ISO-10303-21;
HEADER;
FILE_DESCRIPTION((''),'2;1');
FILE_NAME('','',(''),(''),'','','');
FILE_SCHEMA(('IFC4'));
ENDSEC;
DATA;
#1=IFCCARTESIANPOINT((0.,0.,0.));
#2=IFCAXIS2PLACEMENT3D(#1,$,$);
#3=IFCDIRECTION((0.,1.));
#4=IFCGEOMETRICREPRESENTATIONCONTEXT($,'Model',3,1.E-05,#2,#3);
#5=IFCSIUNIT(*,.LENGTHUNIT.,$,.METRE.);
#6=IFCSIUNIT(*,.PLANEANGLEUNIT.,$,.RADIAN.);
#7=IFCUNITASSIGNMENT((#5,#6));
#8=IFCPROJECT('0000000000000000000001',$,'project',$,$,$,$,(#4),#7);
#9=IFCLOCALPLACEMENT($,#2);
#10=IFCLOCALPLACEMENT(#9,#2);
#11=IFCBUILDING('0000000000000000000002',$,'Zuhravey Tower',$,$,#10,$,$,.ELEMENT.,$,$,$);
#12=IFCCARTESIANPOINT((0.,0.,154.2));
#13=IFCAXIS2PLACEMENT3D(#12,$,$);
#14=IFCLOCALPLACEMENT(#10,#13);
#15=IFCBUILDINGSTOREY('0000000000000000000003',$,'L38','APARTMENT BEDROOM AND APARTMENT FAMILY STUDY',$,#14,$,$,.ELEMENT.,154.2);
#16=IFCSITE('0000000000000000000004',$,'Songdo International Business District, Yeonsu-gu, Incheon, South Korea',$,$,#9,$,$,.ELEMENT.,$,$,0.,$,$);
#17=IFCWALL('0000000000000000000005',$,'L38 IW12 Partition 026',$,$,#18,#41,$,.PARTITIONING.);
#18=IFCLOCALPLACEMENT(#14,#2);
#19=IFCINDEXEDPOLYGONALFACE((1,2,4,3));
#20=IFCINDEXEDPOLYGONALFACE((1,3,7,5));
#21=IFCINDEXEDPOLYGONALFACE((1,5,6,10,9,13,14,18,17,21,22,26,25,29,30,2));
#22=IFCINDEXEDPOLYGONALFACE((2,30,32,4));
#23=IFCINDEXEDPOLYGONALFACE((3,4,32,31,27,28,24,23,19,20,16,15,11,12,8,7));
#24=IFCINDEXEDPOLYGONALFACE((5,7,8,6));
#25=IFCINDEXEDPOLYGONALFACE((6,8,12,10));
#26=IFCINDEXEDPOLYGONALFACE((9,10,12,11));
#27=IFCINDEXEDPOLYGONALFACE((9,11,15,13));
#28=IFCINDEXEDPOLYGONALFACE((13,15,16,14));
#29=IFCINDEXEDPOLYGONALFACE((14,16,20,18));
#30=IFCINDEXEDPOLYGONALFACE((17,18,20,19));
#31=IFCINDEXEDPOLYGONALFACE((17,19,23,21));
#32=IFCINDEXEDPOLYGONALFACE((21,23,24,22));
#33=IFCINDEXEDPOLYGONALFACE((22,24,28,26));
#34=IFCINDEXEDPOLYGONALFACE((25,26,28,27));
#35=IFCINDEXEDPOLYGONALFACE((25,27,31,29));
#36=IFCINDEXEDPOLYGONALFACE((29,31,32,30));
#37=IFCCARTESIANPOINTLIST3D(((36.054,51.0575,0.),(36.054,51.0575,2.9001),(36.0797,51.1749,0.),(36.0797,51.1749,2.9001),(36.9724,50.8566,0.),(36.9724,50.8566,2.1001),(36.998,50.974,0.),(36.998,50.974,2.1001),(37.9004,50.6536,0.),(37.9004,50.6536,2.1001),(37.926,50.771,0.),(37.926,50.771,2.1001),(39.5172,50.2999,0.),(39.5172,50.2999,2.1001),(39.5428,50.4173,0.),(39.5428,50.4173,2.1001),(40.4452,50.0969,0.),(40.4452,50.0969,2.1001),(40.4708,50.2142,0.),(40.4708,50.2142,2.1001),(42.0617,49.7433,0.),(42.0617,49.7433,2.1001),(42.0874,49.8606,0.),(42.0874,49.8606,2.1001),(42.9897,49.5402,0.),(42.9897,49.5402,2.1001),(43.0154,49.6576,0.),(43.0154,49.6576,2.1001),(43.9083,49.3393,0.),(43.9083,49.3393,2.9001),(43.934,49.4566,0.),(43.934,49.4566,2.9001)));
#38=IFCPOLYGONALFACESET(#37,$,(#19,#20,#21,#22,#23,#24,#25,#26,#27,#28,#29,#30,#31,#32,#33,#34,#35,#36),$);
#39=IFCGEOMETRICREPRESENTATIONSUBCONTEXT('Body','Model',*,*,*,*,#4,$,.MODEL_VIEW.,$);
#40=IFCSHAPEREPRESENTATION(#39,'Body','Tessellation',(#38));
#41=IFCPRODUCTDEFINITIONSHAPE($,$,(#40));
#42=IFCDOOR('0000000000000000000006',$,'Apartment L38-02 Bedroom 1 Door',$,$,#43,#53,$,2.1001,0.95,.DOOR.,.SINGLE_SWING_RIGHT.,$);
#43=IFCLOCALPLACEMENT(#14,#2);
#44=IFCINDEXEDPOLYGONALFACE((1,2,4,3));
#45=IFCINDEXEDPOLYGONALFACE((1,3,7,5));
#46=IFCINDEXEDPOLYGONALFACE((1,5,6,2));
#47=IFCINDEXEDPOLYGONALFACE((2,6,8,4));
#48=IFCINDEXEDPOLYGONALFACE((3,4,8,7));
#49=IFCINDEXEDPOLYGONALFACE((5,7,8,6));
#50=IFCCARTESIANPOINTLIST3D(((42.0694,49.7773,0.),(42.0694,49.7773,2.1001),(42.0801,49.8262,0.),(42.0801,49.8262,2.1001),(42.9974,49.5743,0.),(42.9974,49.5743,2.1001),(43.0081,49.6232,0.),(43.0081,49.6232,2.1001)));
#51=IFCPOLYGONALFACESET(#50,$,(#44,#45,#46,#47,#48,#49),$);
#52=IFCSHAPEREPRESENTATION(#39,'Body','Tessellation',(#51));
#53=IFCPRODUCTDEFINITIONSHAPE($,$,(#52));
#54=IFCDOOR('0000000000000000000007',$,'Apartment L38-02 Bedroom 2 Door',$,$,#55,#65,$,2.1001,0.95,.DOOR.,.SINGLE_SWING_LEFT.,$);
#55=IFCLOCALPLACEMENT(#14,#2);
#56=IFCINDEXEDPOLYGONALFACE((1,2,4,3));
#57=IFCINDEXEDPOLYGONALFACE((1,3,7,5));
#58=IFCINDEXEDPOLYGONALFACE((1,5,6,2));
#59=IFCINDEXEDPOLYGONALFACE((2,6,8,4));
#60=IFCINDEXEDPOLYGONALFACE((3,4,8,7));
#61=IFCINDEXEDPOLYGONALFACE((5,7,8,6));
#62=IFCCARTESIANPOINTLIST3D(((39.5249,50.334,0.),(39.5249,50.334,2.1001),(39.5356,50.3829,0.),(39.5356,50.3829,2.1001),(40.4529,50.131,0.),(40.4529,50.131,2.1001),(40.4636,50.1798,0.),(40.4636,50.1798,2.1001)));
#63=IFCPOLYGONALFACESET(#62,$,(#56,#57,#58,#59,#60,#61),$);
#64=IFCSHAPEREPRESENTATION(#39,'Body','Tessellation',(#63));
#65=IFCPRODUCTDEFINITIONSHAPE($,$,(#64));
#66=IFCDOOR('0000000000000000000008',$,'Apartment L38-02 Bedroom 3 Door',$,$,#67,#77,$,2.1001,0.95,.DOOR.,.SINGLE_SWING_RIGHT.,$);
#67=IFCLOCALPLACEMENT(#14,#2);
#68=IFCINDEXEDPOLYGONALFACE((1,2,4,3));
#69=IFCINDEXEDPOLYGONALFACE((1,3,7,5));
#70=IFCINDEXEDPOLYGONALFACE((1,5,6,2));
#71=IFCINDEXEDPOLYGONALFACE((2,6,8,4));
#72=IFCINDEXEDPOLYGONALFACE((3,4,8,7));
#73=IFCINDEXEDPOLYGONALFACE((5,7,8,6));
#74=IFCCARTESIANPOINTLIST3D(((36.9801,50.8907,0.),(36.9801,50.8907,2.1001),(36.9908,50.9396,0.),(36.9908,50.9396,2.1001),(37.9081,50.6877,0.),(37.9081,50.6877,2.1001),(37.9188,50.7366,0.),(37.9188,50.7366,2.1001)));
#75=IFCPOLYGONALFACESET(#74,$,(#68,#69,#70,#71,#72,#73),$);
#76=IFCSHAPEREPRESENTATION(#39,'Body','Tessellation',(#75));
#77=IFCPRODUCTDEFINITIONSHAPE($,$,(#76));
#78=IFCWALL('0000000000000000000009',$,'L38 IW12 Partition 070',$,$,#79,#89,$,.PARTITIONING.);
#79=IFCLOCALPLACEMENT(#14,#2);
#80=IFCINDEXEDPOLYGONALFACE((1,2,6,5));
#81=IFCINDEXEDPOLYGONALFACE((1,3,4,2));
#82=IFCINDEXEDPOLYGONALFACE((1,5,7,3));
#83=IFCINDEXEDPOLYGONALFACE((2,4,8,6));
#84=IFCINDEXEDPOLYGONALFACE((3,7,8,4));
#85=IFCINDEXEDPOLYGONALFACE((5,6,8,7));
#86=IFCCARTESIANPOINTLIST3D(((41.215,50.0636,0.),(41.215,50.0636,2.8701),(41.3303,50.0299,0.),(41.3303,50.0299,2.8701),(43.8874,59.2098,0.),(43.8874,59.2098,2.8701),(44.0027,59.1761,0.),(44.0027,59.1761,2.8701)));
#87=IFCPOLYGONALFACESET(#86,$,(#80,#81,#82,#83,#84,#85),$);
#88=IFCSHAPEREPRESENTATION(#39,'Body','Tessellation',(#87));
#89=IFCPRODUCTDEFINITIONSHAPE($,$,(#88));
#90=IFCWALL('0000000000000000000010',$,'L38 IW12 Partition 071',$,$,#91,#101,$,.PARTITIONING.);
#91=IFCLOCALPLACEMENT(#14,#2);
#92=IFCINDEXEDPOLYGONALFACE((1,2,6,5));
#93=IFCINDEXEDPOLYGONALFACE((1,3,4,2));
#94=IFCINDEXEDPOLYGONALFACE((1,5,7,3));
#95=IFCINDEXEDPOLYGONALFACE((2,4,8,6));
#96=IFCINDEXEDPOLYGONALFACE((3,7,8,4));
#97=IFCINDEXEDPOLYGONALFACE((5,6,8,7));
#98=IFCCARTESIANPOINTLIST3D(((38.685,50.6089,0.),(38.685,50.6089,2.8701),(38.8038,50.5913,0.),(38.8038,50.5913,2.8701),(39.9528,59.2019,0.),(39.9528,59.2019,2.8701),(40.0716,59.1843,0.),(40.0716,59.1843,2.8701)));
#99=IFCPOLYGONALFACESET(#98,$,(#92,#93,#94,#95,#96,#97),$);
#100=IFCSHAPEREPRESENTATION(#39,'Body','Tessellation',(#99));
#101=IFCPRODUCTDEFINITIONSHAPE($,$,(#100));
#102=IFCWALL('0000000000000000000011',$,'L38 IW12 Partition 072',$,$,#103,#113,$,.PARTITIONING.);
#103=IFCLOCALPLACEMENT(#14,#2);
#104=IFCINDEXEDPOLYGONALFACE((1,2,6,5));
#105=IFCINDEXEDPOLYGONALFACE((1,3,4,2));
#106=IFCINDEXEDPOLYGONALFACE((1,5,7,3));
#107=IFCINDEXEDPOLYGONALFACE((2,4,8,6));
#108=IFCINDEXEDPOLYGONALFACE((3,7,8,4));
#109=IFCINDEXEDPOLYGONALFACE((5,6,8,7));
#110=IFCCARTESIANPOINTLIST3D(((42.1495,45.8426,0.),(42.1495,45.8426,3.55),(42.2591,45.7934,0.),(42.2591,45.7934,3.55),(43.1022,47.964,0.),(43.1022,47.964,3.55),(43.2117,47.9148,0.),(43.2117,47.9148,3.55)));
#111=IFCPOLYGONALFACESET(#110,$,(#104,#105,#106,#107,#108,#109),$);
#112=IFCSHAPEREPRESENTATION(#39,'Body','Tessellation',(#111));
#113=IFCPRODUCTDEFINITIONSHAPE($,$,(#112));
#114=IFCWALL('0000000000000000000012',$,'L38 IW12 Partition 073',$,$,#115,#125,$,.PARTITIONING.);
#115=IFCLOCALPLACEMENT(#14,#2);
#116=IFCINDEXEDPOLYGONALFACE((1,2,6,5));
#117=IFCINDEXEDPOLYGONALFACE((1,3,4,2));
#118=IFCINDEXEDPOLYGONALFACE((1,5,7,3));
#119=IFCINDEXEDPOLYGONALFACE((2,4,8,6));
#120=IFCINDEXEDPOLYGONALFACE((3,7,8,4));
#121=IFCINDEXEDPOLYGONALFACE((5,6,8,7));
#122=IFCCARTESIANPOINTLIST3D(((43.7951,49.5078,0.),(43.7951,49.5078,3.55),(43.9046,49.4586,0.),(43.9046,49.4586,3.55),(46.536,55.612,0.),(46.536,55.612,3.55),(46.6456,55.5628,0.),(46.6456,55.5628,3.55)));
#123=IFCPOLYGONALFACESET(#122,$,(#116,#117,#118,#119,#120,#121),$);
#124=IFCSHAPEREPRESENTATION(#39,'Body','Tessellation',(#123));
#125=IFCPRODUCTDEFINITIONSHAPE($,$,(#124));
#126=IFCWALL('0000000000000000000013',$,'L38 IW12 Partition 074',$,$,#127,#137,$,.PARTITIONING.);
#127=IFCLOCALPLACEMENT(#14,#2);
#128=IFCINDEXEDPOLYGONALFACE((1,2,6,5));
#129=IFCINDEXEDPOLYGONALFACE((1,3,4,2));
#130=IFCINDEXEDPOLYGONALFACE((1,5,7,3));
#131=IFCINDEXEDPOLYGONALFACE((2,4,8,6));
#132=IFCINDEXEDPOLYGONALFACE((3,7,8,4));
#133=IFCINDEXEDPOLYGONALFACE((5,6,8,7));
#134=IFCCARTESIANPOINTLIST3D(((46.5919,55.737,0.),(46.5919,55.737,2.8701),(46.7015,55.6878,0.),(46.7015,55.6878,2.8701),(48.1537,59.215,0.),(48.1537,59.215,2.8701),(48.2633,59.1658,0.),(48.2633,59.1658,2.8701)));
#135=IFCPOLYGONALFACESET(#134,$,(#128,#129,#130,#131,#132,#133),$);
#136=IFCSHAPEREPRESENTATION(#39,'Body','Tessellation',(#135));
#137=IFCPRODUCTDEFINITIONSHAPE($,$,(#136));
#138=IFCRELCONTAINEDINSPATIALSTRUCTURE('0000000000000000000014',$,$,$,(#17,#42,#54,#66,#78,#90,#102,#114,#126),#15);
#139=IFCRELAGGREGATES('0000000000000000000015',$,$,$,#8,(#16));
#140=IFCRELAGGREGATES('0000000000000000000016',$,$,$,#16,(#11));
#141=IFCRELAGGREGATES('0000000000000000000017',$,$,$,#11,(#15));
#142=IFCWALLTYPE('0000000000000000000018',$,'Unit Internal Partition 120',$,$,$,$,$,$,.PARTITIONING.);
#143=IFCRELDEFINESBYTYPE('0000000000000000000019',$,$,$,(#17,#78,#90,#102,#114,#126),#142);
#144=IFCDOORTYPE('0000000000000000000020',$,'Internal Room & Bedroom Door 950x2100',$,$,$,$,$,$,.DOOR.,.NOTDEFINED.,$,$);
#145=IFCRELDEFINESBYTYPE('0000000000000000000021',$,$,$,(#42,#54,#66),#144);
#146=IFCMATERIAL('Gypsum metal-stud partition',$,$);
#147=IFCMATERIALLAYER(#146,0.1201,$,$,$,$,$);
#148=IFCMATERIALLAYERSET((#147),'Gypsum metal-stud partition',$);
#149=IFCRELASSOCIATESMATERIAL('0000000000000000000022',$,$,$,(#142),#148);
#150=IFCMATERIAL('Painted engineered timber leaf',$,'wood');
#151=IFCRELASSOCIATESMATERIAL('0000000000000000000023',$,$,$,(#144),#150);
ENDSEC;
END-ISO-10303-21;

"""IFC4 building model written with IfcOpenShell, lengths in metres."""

from ifc_helpers import new_model, si_unit, direction, frame, frame_2d, origin, place, context, subcontext, project, spatial, rectangle, extrude, material, layer, layer_set, type_object, element, fill, save


model = new_model("IFC4")

# Units and contexts
model_context = context("Model", 3, precision=1e-05, world=origin(), true_north=direction((0.0, 1.0)))
body_context = subcontext(model_context, "Body", "Model", "MODEL_VIEW")
ifc_project = project(units=[si_unit("LENGTHUNIT", "METRE"), si_unit("PLANEANGLEUNIT", "RADIAN")], contexts=[model_context])

# Site, building, storey
site_placement = place(None, origin())
site = spatial("IfcSite", under=ifc_project, at=site_placement, Name="Songdo International Business District, Yeonsu-gu, Incheon, South Korea", CompositionType="ELEMENT", RefElevation=0.0)
building_placement = place(site_placement, origin())
building = spatial("IfcBuilding", under=site, at=building_placement, Name="Zuhravey Tower", CompositionType="ELEMENT")
storey_placement = place(building_placement, frame((0.0, 0.0, 154.2)))
storey = spatial("IfcBuildingStorey", under=building, at=storey_placement, Name="L38", Description="APARTMENT BEDROOM AND APARTMENT FAMILY STUDY", CompositionType="ELEMENT", Elevation=154.2)

# Wall, openings, doors
ifc_material_1 = material(Name="Gypsum metal-stud partition")
ifc_layer_1 = layer(ifc_material_1, 0.1201)
ifc_layer_set_1 = layer_set([ifc_layer_1], Name="Gypsum metal-stud partition")
wall_type_1 = type_object("IfcWallType", Name="Unit Internal Partition 120", PredefinedType="PARTITIONING", material=ifc_layer_set_1)
ifc_material_2 = material(Name="Painted engineered timber leaf", Category="wood")
door_type_1 = type_object("IfcDoorType", Name="Internal Room & Bedroom Door 950x2100", OperationType="NOTDEFINED", PredefinedType="DOOR", material=ifc_material_2)
wall_1_placement = place(storey_placement, frame((43.9211, 49.3979, 0.0), z_axis=(0.0, 0.0, 1.0), x_axis=(-0.976896, 0.213714, 0.0)))
wall_1 = element("IfcWall", 1, at=wall_1_placement, inside=storey, type_object=wall_type_1, Name="L38 IW12 Partition 026", PredefinedType="PARTITIONING", context=body_context, shape_type="SweptSolid", body=[
    extrude(rectangle(XDim=8.04, YDim=0.1201, at=frame_2d((4.02, 0.0))), origin(), (0.0, 0.0, 1.0), 2.9001),
])
opening_1_placement = place(wall_1_placement, frame((0.9402, 0.0, 0.0)))
opening_1 = element("IfcOpeningElement", 2, at=opening_1_placement, cuts=wall_1, PredefinedType="OPENING", context=body_context, shape_type="SweptSolid", body=[
    extrude(rectangle(XDim=0.95, YDim=2.1001, at=frame_2d((0.4751, 1.05))), frame((0.0, 0.072, 0.0), z_axis=(0.0, -1.0, 0.0), x_axis=(1.0, 0.0, 0.0)), (0.0, 0.0, 1.0), 0.144),
])
opening_2_placement = place(wall_1_placement, frame((3.5449, 0.0, 0.0)))
opening_2 = element("IfcOpeningElement", 3, at=opening_2_placement, cuts=wall_1, PredefinedType="OPENING", context=body_context, shape_type="SweptSolid", body=[
    extrude(rectangle(XDim=0.95, YDim=2.1001, at=frame_2d((0.4751, 1.05))), frame((0.0, 0.072, 0.0), z_axis=(0.0, -1.0, 0.0), x_axis=(1.0, 0.0, 0.0)), (0.0, 0.0, 1.0), 0.144),
])
opening_3_placement = place(wall_1_placement, frame((6.1499, 0.0, 0.0)))
opening_3 = element("IfcOpeningElement", 4, at=opening_3_placement, cuts=wall_1, PredefinedType="OPENING", context=body_context, shape_type="SweptSolid", body=[
    extrude(rectangle(XDim=0.95, YDim=2.1001, at=frame_2d((0.4751, 1.05))), frame((0.0, 0.072, 0.0), z_axis=(0.0, -1.0, 0.0), x_axis=(1.0, 0.0, 0.0)), (0.0, 0.0, 1.0), 0.144),
])
door_1_placement = place(opening_1_placement, frame((0.95, 0.0, 0.0), z_axis=(0.0, 0.0, 1.0), x_axis=(-1.0, 0.0, 0.0)))
door_1 = element("IfcDoor", 5, at=door_1_placement, inside=storey, type_object=door_type_1, Name="Apartment L38-02 Bedroom 1 Door", OperationType="SINGLE_SWING_RIGHT", OverallHeight=2.1001, OverallWidth=0.95, PredefinedType="DOOR", context=body_context, shape_type="SweptSolid", body=[
    extrude(rectangle(XDim=0.95, YDim=2.1001, at=frame_2d((0.4751, 1.05))), frame((0.0, 0.0249, 0.0), z_axis=(0.0, -1.0, 0.0), x_axis=(1.0, 0.0, 0.0)), (0.0, 0.0, 1.0), 0.05),
])
fill(opening_1, door_1)
door_2_placement = place(opening_2_placement, frame((0.95, 0.0, 0.0), z_axis=(0.0, 0.0, 1.0), x_axis=(-1.0, 0.0, 0.0)))
door_2 = element("IfcDoor", 6, at=door_2_placement, inside=storey, type_object=door_type_1, Name="Apartment L38-02 Bedroom 2 Door", OperationType="SINGLE_SWING_LEFT", OverallHeight=2.1001, OverallWidth=0.95, PredefinedType="DOOR", context=body_context, shape_type="SweptSolid", body=[
    extrude(rectangle(XDim=0.95, YDim=2.1001, at=frame_2d((0.4751, 1.05))), frame((0.0, 0.0249, 0.0), z_axis=(0.0, -1.0, 0.0), x_axis=(1.0, 0.0, 0.0)), (0.0, 0.0, 1.0), 0.05),
])
fill(opening_2, door_2)
door_3_placement = place(opening_3_placement, frame((0.95, 0.0, 0.0), z_axis=(0.0, 0.0, 1.0), x_axis=(-1.0, 0.0, 0.0)))
door_3 = element("IfcDoor", 7, at=door_3_placement, inside=storey, type_object=door_type_1, Name="Apartment L38-02 Bedroom 3 Door", OperationType="SINGLE_SWING_RIGHT", OverallHeight=2.1001, OverallWidth=0.95, PredefinedType="DOOR", context=body_context, shape_type="SweptSolid", body=[
    extrude(rectangle(XDim=0.95, YDim=2.1001, at=frame_2d((0.4751, 1.05))), frame((0.0, 0.0249, 0.0), z_axis=(0.0, -1.0, 0.0), x_axis=(1.0, 0.0, 0.0)), (0.0, 0.0, 1.0), 0.05),
])
fill(opening_3, door_3)

# Walls
wall_2_placement = place(storey_placement, frame((41.2727, 50.0469, 0.0), z_axis=(0.0, 0.0, 1.0), x_axis=(0.280456, 0.959867, 0.0)))
element("IfcWall", 8, at=wall_2_placement, inside=storey, type_object=wall_type_1, Name="L38 IW12 Partition 070", PredefinedType="PARTITIONING", context=body_context, shape_type="SweptSolid", body=[
    extrude(rectangle(XDim=9.5286, YDim=0.1201, at=frame_2d((4.7642, 0.0))), origin(), (0.0, 0.0, 1.0), 2.8701),
])
wall_3_placement = place(storey_placement, frame((38.7444, 50.6001, 0.0), z_axis=(0.0, 0.0, 1.0), x_axis=(0.145961, 0.98929, 0.0)))
element("IfcWall", 9, at=wall_3_placement, inside=storey, type_object=wall_type_1, Name="L38 IW12 Partition 071", PredefinedType="PARTITIONING", context=body_context, shape_type="SweptSolid", body=[
    extrude(rectangle(XDim=8.686, YDim=0.1201, at=frame_2d((4.343, 0.0))), origin(), (0.0, 0.0, 1.0), 2.8701),
])
wall_4_placement = place(storey_placement, frame((42.2043, 45.8181, 0.0), z_axis=(0.0, 0.0, 1.0), x_axis=(0.409662, 0.912238, 0.0)))
element("IfcWall", 10, at=wall_4_placement, inside=storey, type_object=wall_type_1, Name="L38 IW12 Partition 072", PredefinedType="PARTITIONING", context=body_context, shape_type="SweptSolid", body=[
    extrude(rectangle(XDim=2.3254, YDim=0.1201, at=frame_2d((1.1626, 0.0))), origin(), (0.0, 0.0, 1.0), 3.55),
])
wall_5_placement = place(storey_placement, frame((43.8499, 49.4832, 0.0), z_axis=(0.0, 0.0, 1.0), x_axis=(0.409626, 0.912254, 0.0)))
element("IfcWall", 11, at=wall_5_placement, inside=storey, type_object=wall_type_1, Name="L38 IW12 Partition 073", PredefinedType="PARTITIONING", context=body_context, shape_type="SweptSolid", body=[
    extrude(rectangle(XDim=6.6914, YDim=0.1201, at=frame_2d((3.3457, 0.0))), origin(), (0.0, 0.0, 1.0), 3.55),
])
wall_6_placement = place(storey_placement, frame((46.6467, 55.7124, 0.0), z_axis=(0.0, 0.0, 1.0), x_axis=(0.409635, 0.91225, 0.0)))
element("IfcWall", 12, at=wall_6_placement, inside=storey, type_object=wall_type_1, Name="L38 IW12 Partition 074", PredefinedType="PARTITIONING", context=body_context, shape_type="SweptSolid", body=[
    extrude(rectangle(XDim=3.8125, YDim=0.1201, at=frame_2d((1.9062, 0.0))), origin(), (0.0, 0.0, 1.0), 2.8701),
])

save(model, "model.ifc")
